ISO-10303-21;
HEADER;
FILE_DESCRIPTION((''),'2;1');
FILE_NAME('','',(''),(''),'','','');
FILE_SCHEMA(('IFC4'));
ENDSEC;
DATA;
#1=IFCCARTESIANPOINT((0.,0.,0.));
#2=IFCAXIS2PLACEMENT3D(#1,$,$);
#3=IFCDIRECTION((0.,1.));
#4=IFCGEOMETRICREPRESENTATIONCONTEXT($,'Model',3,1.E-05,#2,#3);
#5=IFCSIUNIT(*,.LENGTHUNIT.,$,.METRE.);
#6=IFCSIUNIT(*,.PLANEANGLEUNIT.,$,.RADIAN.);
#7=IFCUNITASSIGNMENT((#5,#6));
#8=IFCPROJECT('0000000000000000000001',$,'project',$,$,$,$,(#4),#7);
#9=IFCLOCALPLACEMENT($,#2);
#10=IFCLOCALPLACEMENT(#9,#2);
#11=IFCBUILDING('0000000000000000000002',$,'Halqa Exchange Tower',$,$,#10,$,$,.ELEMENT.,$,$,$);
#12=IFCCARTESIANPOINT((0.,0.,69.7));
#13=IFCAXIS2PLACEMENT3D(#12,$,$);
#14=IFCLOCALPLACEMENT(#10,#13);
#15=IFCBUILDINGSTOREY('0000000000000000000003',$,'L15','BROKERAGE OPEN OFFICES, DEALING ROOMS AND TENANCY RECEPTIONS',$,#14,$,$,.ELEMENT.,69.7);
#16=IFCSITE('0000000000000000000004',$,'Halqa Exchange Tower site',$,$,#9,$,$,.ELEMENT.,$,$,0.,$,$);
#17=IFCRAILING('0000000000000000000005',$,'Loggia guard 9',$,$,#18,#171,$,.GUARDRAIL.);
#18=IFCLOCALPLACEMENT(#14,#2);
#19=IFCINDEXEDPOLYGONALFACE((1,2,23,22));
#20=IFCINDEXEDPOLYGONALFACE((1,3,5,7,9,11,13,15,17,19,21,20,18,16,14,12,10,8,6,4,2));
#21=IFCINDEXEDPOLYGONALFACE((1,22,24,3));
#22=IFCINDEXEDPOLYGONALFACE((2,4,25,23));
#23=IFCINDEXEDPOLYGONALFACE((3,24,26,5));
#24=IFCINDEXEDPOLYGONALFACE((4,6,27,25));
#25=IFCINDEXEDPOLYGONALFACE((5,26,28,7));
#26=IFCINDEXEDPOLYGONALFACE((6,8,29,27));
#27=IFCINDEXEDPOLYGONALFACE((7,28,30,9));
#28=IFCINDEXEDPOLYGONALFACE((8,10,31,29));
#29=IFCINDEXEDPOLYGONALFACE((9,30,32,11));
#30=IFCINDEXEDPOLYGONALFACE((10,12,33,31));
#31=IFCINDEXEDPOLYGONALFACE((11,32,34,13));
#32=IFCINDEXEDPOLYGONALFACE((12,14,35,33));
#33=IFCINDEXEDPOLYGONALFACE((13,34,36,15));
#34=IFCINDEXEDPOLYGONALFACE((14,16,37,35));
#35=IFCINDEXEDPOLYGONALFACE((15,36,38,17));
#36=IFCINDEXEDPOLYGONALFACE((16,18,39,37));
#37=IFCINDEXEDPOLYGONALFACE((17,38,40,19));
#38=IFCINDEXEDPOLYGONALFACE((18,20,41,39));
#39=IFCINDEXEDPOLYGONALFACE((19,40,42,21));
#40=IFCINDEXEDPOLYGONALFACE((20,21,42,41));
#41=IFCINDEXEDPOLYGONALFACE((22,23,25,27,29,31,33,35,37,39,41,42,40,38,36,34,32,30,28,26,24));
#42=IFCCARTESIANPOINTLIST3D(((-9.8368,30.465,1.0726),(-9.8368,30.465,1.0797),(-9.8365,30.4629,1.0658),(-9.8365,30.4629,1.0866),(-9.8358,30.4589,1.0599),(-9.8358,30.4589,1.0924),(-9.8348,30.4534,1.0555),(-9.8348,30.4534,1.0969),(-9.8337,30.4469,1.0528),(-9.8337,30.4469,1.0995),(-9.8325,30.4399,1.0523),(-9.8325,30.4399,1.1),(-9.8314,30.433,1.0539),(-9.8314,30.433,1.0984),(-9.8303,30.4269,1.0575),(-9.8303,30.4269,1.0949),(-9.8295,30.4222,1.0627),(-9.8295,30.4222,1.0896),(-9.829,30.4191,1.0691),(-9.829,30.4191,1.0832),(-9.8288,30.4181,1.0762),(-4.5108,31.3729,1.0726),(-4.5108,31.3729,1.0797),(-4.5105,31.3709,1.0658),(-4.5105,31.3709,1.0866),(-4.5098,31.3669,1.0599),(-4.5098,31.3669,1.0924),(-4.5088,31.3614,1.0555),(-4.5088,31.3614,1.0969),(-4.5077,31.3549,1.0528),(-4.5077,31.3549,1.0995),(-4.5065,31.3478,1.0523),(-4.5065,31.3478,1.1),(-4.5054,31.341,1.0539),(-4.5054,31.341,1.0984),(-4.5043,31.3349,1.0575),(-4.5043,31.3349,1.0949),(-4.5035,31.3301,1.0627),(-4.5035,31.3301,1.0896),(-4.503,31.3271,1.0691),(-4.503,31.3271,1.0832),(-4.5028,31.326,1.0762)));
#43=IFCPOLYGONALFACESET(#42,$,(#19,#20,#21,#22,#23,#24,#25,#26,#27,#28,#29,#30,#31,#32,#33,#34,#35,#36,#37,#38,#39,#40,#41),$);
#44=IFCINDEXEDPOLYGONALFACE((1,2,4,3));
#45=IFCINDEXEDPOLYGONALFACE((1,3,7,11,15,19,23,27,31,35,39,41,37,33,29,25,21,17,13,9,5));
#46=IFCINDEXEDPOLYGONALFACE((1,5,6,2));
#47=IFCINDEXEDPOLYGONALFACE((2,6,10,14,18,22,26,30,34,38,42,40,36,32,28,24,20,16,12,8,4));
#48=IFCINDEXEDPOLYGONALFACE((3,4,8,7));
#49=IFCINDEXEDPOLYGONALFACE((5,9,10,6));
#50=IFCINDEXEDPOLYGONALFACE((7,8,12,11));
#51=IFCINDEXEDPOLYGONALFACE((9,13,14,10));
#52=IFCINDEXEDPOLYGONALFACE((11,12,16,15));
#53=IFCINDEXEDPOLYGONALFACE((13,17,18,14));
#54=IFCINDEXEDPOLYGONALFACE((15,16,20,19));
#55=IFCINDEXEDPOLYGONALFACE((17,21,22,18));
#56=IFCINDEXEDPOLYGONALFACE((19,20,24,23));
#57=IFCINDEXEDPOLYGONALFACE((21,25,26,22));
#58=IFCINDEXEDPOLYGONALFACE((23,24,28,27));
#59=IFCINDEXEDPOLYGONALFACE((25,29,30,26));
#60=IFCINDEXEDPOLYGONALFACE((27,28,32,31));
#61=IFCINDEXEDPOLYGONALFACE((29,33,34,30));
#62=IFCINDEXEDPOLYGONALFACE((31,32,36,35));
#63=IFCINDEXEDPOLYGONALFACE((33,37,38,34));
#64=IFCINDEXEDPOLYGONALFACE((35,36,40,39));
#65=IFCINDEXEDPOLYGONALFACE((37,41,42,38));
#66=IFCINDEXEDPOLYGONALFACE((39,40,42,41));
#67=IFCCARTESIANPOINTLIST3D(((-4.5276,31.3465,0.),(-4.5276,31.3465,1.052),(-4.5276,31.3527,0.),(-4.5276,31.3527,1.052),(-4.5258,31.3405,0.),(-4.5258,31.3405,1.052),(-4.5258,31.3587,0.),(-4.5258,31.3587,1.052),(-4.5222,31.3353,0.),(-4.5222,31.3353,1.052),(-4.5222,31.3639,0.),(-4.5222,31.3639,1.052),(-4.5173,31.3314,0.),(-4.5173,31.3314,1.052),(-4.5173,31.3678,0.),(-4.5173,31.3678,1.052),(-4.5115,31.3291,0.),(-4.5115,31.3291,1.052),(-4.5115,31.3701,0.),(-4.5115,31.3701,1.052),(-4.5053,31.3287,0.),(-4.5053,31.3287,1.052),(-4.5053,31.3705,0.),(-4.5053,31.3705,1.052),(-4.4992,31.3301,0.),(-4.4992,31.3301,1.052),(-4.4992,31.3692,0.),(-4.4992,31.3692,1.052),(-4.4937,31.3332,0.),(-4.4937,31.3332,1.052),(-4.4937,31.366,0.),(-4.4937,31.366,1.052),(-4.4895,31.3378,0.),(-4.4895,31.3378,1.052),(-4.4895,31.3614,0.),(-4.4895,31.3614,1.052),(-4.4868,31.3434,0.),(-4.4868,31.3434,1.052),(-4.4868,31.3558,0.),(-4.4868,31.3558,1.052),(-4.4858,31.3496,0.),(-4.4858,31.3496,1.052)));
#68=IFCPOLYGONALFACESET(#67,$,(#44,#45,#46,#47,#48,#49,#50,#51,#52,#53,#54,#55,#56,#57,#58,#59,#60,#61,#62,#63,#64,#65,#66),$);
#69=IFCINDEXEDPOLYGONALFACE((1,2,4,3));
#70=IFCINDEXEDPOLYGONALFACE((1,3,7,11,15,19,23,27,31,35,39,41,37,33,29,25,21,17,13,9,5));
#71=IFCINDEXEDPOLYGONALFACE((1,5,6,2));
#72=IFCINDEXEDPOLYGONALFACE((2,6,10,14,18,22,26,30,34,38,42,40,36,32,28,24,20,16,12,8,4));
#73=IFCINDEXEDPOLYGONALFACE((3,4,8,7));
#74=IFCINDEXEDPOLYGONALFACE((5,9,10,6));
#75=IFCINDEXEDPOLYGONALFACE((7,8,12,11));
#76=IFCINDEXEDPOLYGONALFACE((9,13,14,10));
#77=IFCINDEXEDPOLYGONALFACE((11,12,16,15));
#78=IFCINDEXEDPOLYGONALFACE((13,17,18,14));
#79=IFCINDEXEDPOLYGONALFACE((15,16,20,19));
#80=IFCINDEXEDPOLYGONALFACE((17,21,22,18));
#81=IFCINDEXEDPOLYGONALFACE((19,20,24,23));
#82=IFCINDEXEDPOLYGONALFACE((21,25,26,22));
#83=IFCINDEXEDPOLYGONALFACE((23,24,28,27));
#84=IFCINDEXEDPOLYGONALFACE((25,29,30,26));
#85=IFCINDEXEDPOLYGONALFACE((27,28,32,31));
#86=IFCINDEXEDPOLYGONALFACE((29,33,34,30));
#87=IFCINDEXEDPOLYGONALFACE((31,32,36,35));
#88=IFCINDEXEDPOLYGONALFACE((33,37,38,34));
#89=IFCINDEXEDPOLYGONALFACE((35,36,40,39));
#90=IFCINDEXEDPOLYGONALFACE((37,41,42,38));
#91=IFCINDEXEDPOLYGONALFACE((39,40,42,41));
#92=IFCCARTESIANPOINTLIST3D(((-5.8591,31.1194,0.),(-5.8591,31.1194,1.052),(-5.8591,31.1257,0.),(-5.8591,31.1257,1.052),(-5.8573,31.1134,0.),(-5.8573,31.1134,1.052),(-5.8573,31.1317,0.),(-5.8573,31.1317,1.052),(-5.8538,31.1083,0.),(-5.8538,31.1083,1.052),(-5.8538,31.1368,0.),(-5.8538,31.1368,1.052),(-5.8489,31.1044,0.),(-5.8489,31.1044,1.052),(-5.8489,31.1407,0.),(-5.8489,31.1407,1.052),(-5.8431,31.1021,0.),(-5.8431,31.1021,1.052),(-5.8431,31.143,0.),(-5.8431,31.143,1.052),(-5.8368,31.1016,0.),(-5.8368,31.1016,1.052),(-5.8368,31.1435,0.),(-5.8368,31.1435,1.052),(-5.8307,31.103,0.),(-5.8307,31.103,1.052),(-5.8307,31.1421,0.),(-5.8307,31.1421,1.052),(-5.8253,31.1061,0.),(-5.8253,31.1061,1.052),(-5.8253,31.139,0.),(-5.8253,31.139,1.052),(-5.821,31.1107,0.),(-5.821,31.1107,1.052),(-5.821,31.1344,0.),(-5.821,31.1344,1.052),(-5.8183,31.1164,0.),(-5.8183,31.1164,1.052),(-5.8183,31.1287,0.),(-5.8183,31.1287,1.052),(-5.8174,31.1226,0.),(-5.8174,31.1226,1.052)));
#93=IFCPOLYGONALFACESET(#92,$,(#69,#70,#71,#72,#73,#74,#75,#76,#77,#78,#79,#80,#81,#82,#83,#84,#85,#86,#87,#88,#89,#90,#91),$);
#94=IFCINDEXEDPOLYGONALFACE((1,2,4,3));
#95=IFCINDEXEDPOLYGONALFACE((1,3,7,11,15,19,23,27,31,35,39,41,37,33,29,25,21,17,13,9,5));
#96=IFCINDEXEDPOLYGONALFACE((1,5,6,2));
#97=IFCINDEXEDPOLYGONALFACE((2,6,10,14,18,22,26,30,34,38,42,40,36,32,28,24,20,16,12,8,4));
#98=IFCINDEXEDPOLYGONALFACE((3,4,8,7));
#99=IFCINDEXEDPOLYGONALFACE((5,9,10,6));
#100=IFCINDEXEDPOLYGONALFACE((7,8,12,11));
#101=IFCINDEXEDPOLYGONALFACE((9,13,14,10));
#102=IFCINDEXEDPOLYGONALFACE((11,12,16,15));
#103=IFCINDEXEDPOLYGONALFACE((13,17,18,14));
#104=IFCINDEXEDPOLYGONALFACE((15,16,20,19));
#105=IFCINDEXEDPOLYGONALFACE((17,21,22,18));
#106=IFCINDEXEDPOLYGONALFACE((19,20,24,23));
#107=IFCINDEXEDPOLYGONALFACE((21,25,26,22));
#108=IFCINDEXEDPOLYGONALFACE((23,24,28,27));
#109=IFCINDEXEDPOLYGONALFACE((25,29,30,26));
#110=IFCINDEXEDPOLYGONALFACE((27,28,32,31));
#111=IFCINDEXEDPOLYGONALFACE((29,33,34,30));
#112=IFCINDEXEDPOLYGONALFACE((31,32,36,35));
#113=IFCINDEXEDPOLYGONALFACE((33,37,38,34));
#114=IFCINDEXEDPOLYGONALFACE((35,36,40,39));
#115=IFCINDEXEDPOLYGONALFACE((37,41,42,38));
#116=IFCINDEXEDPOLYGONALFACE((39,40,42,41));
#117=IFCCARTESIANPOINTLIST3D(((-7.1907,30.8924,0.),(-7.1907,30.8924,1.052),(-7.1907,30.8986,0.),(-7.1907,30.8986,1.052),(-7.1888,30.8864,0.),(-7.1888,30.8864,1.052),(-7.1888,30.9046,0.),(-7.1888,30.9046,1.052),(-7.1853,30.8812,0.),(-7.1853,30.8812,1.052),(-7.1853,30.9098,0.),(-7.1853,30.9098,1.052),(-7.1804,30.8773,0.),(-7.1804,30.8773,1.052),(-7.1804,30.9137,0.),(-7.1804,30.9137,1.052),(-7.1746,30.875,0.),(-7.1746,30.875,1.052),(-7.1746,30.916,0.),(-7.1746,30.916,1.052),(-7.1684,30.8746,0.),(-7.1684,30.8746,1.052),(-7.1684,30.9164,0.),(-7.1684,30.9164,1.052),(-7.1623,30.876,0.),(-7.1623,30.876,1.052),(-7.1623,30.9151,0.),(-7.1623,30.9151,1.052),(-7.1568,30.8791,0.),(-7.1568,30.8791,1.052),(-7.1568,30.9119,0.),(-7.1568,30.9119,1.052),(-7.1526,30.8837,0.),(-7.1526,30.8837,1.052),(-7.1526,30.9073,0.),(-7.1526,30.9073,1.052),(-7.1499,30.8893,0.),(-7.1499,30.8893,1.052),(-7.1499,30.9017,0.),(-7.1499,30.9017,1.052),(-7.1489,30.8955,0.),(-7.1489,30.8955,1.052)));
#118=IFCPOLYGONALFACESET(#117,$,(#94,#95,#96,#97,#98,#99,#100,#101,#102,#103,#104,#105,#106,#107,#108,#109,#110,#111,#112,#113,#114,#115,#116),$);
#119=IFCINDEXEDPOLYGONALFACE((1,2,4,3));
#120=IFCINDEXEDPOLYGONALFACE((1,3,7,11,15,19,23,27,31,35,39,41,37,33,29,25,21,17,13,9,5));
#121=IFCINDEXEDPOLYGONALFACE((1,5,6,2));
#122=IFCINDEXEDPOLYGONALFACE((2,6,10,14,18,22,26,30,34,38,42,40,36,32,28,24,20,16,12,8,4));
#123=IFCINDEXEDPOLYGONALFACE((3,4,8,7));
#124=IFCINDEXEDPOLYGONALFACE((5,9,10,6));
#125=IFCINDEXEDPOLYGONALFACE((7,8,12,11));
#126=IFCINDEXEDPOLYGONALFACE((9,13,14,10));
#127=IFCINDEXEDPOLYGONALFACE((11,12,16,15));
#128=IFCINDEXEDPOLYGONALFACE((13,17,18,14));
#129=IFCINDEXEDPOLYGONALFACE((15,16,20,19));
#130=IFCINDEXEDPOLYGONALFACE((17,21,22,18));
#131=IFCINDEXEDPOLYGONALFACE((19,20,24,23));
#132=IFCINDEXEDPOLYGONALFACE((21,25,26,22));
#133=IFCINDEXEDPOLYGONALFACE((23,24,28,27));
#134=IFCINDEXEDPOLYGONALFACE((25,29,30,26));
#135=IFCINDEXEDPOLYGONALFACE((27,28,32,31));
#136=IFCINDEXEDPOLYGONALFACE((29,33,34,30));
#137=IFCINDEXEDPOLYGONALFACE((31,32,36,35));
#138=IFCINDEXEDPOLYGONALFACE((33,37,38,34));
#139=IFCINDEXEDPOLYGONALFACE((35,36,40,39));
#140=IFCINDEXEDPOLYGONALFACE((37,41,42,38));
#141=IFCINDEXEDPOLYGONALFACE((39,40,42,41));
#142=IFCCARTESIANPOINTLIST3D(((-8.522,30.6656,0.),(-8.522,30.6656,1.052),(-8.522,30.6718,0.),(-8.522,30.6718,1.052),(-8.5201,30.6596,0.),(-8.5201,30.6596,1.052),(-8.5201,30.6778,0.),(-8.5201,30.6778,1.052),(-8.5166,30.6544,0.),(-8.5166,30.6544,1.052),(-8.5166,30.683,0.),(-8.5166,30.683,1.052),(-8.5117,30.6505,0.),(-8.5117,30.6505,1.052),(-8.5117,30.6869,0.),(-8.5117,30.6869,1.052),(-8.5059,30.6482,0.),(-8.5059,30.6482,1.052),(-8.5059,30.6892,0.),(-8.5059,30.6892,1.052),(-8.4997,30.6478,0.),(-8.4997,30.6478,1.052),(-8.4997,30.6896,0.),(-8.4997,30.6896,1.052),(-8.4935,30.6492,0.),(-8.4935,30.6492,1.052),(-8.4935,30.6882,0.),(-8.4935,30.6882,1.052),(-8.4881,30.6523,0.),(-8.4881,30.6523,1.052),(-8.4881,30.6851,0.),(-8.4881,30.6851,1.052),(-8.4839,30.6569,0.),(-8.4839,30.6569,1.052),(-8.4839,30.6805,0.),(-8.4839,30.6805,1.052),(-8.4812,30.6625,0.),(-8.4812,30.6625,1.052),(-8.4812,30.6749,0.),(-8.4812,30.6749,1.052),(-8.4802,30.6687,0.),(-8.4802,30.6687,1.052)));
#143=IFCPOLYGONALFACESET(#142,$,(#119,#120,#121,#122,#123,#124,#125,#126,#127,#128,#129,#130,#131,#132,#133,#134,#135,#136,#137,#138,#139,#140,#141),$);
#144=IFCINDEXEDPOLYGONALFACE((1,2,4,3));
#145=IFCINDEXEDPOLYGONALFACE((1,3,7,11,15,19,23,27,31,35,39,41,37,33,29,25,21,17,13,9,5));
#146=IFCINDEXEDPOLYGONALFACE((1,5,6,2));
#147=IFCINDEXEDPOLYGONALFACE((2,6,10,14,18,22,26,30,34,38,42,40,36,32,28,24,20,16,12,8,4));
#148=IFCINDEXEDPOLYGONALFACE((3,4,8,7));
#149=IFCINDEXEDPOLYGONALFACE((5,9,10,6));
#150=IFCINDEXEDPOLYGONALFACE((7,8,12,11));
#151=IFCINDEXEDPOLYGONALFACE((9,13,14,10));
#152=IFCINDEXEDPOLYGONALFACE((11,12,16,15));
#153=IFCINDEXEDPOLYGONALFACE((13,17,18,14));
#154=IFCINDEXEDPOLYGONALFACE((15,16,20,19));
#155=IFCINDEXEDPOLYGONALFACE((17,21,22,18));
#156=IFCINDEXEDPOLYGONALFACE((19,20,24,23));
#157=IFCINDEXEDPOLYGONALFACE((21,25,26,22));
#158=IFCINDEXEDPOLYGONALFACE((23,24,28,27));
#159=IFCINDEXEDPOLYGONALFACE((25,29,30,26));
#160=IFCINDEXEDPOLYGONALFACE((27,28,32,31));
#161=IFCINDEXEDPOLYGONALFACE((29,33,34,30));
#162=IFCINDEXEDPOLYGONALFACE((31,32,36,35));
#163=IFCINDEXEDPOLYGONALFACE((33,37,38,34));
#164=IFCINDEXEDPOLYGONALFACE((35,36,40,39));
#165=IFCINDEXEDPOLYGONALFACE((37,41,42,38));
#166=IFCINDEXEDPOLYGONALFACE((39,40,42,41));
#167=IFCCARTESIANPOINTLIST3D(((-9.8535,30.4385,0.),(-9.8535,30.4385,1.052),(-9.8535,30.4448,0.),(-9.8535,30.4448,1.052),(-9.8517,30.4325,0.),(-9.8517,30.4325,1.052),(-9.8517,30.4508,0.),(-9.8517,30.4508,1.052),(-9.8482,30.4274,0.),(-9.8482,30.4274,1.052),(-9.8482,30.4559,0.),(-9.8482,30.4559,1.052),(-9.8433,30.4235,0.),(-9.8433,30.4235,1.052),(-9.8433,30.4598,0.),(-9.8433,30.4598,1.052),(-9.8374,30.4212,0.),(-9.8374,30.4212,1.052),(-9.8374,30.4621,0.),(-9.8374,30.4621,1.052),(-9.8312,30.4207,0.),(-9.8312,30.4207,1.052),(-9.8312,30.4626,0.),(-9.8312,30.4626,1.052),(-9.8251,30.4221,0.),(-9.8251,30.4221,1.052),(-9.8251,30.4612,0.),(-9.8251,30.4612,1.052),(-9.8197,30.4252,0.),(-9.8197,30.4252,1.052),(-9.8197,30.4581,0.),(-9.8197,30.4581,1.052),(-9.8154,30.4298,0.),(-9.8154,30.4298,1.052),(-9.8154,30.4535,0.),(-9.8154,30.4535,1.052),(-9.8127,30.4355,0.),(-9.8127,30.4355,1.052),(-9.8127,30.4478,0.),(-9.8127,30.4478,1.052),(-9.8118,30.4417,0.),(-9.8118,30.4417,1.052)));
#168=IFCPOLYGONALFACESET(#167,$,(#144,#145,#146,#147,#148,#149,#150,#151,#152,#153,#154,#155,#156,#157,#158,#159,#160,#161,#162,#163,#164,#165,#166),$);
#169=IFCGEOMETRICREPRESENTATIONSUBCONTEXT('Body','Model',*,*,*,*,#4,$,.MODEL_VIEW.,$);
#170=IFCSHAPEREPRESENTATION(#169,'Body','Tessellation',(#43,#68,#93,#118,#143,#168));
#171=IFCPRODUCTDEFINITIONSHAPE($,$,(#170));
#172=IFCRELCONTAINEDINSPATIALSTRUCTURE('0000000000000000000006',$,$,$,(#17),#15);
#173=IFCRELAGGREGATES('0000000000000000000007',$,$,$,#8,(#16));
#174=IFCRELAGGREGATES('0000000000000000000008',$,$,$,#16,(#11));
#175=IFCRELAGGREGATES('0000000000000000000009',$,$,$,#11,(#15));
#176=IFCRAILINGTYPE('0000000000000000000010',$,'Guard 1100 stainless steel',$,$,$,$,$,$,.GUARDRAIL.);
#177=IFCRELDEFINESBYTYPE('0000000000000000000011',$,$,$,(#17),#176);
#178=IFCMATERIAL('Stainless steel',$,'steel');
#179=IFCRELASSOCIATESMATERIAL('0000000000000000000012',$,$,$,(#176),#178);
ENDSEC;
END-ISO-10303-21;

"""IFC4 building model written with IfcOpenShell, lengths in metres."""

from ifc_helpers import new_model, si_unit, direction, frame, origin, origin_2d, place, context, subcontext, project, spatial, circle, extrude, material, type_object, element, save


model = new_model("IFC4")

# Units and contexts
model_context = context("Model", 3, precision=1e-05, world=origin(), true_north=direction((0.0, 1.0)))
body_context = subcontext(model_context, "Body", "Model", "MODEL_VIEW")
ifc_project = project(units=[si_unit("LENGTHUNIT", "METRE"), si_unit("PLANEANGLEUNIT", "RADIAN")], contexts=[model_context])

# Site, building, storey
site_placement = place(None, origin())
site = spatial("IfcSite", under=ifc_project, at=site_placement, Name="Halqa Exchange Tower site", CompositionType="ELEMENT", RefElevation=0.0)
building_placement = place(site_placement, origin())
building = spatial("IfcBuilding", under=site, at=building_placement, Name="Halqa Exchange Tower", CompositionType="ELEMENT")
storey_placement = place(building_placement, frame((0.0, 0.0, 69.7)))
storey = spatial("IfcBuildingStorey", under=building, at=storey_placement, Name="L15", Description="BROKERAGE OPEN OFFICES, DEALING ROOMS AND TENANCY RECEPTIONS", CompositionType="ELEMENT", Elevation=69.7)

# Railing
ifc_material_1 = material(Name="Stainless steel", Category="steel")
railing_type_1 = type_object("IfcRailingType", Name="Guard 1100 stainless steel", PredefinedType="GUARDRAIL", material=ifc_material_1)
railing_1_placement = place(storey_placement, frame((-4.5068, 31.3496, 0.0)))
element("IfcRailing", 1, at=railing_1_placement, inside=storey, type_object=railing_type_1, Name="Loggia guard 9", PredefinedType="GUARDRAIL", context=body_context, shape_type="SweptSolid", body=[
    extrude(circle(Radius=0.0239, at=origin_2d()), frame((0.0, 0.0, 1.0762), z_axis=(-0.985778, -0.168054, 0.0), x_axis=(0.168054, -0.985778, 0.0)), (0.0, 0.0, 1.0), 5.4028),
    extrude(circle(Radius=0.021, at=origin_2d()), origin(), (0.0, 0.0, 1.0), 1.052),
    extrude(circle(Radius=0.021, at=origin_2d()), frame((-1.3315, -0.2271, 0.0)), (0.0, 0.0, 1.0), 1.052),
    extrude(circle(Radius=0.021, at=origin_2d()), frame((-2.6631, -0.4541, 0.0)), (0.0, 0.0, 1.0), 1.052),
    extrude(circle(Radius=0.021, at=origin_2d()), frame((-3.9944, -0.6809, 0.0)), (0.0, 0.0, 1.0), 1.052),
    extrude(circle(Radius=0.021, at=origin_2d()), frame((-5.3259, -0.908, 0.0)), (0.0, 0.0, 1.0), 1.052),
])

save(model, "model.ifc")
